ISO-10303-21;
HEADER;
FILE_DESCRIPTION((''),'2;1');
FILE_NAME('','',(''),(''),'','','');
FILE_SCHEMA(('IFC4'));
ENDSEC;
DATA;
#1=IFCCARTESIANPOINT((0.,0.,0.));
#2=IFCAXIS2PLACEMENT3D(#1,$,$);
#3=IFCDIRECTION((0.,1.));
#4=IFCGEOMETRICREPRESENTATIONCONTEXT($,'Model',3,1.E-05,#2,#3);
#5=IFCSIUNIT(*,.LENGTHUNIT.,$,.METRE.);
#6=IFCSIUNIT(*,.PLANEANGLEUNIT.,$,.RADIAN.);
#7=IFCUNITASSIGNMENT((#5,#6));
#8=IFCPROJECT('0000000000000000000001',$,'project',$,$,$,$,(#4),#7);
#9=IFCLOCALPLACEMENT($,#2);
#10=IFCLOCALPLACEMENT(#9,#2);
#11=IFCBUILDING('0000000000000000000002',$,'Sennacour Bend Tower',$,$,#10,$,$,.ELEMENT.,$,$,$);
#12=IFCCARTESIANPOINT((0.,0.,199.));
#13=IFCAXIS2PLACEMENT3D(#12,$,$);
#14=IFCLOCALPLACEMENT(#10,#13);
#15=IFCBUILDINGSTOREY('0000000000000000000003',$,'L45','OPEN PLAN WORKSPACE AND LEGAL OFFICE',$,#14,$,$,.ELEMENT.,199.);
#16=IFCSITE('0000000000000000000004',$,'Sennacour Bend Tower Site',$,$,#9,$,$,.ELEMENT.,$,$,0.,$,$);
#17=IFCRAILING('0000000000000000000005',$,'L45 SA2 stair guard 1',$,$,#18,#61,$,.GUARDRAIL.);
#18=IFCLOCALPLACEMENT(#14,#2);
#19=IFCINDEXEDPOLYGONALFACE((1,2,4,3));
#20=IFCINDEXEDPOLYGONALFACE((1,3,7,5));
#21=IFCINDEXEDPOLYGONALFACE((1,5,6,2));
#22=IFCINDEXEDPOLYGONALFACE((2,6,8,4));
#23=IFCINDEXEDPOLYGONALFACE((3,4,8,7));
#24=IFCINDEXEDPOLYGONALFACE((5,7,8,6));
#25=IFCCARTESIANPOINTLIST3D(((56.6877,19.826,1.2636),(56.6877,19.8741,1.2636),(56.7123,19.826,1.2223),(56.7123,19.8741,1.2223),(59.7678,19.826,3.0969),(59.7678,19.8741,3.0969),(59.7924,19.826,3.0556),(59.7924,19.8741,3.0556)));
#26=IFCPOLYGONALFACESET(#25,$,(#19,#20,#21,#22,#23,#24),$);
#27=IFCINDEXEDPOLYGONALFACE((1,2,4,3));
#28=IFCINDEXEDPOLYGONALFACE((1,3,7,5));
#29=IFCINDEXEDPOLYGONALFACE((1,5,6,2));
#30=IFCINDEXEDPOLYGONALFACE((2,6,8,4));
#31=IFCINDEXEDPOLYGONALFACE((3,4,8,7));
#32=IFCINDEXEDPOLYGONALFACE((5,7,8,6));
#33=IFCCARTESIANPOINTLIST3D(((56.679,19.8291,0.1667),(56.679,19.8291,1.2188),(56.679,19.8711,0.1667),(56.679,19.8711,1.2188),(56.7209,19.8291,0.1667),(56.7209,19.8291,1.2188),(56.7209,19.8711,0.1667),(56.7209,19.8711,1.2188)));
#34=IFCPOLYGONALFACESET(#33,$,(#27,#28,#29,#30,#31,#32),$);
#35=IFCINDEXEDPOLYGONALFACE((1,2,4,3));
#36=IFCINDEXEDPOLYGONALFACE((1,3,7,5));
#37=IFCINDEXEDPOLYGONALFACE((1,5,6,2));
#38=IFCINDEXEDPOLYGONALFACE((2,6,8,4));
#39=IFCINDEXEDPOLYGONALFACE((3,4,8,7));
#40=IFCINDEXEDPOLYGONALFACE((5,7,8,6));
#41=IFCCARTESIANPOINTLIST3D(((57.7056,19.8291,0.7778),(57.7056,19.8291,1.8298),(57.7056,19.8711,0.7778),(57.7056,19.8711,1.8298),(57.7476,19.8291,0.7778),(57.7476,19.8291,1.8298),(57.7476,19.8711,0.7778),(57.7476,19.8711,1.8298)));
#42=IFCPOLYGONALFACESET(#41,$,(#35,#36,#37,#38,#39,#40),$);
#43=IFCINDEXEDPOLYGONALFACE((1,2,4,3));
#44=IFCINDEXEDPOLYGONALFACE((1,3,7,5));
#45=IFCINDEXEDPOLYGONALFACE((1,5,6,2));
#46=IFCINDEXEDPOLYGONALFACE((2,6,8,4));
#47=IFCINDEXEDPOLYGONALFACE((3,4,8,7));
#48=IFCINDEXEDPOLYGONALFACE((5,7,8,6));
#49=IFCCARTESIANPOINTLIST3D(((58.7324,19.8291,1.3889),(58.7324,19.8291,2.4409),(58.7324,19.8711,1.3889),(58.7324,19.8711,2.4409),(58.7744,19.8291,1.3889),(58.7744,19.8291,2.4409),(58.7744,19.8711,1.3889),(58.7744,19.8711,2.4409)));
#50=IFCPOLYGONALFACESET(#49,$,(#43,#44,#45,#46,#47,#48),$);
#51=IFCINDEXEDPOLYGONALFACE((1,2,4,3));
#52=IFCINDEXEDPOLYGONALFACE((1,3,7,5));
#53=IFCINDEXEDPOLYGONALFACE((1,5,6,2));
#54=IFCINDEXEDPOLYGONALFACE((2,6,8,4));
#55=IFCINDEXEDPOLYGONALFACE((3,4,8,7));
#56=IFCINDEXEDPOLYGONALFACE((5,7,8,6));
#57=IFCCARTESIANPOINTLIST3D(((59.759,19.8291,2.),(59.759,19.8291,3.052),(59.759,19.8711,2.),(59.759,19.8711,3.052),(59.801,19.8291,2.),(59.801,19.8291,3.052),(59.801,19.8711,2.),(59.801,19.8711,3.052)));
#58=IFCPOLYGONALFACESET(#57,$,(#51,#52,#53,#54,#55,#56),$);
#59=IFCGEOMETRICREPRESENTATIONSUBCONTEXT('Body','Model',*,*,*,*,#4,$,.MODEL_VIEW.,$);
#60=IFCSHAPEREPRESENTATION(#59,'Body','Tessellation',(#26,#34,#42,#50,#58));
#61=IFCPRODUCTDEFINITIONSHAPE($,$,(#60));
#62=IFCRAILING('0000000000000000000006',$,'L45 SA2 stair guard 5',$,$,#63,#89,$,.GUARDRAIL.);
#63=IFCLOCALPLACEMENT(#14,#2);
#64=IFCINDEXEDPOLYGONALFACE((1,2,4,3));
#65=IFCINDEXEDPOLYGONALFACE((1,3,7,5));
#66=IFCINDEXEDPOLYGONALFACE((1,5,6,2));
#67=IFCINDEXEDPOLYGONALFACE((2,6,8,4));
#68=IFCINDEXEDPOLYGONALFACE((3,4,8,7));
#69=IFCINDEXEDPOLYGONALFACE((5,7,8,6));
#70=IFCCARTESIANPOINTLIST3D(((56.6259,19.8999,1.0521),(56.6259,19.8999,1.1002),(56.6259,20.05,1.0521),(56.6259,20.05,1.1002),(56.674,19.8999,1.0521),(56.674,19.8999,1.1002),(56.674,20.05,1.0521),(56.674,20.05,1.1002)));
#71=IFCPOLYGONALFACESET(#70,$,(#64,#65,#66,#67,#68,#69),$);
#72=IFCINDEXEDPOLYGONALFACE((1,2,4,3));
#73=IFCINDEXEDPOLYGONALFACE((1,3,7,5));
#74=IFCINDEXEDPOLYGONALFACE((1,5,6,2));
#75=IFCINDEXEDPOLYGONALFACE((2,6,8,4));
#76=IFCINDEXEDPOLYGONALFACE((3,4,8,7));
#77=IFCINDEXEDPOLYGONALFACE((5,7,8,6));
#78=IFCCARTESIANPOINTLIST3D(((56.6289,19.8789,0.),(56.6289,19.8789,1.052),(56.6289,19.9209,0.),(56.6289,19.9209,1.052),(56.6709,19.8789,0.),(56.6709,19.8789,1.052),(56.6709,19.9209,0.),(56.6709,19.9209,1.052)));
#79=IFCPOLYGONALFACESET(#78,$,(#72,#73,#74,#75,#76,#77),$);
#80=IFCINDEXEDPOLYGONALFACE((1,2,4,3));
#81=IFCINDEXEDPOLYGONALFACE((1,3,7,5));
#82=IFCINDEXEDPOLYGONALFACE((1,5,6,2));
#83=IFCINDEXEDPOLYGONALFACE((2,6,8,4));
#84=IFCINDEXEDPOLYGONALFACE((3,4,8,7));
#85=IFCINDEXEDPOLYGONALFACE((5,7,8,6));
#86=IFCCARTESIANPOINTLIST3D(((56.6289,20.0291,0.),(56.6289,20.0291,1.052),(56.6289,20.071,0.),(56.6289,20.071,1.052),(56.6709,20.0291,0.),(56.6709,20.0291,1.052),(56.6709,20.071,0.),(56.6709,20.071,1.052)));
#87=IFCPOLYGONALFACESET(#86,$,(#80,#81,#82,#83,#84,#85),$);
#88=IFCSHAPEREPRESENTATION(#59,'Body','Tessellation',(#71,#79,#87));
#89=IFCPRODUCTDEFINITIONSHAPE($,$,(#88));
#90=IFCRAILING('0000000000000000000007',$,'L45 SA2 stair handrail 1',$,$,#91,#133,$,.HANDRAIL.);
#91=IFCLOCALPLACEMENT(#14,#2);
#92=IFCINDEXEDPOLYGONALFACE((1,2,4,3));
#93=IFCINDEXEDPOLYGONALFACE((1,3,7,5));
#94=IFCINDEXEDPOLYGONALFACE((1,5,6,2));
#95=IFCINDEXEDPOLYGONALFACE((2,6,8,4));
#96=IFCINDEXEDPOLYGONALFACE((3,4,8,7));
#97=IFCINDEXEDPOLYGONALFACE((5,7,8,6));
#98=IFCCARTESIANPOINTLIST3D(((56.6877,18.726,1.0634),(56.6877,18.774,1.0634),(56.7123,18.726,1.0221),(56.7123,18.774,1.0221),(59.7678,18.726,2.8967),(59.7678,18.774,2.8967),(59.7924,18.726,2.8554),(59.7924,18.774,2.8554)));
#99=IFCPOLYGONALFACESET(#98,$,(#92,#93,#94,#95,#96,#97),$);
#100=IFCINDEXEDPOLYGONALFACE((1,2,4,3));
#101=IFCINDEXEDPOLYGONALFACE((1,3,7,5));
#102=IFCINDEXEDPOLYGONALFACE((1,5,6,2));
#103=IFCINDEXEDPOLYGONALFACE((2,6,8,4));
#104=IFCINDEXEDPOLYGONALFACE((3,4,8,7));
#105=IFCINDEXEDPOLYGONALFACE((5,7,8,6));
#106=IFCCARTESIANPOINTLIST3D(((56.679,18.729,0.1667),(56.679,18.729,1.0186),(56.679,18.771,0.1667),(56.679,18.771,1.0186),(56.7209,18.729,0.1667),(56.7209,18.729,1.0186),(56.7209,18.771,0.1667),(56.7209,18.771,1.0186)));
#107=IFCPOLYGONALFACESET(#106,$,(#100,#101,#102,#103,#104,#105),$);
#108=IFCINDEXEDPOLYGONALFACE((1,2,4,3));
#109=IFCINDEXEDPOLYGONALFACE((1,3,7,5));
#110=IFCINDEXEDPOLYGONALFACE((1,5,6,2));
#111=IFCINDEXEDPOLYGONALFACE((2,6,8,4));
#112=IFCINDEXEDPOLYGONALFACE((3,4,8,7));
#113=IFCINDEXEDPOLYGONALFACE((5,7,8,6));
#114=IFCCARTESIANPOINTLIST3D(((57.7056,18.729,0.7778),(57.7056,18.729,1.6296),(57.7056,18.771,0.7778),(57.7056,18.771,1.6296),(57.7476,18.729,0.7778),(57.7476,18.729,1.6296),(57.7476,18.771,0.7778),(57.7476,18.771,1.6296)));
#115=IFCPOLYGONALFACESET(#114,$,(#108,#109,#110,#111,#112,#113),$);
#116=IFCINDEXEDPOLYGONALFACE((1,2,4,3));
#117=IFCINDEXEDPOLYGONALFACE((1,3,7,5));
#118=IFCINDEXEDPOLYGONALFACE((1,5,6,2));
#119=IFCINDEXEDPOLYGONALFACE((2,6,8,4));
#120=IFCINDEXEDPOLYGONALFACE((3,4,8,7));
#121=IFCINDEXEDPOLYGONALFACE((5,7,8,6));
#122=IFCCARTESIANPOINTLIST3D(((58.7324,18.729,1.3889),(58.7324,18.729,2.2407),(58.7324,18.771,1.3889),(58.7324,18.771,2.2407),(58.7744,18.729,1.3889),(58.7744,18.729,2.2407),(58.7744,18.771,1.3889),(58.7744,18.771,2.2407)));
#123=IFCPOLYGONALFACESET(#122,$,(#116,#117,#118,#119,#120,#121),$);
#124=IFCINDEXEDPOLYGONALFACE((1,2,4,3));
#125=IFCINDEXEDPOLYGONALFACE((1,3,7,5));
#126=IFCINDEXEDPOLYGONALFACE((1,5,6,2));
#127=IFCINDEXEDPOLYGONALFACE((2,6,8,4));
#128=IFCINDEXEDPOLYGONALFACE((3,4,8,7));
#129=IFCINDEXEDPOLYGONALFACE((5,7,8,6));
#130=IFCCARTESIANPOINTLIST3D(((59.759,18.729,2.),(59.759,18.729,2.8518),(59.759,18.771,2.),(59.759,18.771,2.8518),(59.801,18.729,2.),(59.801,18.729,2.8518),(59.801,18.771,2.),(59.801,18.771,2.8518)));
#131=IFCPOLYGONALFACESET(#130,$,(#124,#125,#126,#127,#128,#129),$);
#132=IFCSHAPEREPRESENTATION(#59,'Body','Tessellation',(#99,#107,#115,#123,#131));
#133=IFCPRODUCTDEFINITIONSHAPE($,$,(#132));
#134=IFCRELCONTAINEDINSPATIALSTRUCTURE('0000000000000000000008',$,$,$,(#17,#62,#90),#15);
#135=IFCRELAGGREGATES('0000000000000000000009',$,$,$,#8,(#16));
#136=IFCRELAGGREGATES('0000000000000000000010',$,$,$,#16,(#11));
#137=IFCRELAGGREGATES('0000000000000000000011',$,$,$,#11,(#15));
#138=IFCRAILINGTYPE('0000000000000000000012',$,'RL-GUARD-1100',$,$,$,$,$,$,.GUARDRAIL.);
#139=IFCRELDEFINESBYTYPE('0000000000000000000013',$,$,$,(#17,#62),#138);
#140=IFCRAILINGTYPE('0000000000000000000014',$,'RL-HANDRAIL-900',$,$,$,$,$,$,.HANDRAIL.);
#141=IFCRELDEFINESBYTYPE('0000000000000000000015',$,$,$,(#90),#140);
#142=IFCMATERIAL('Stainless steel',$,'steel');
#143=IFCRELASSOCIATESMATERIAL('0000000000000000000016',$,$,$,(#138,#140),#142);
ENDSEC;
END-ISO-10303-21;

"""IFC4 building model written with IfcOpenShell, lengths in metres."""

from ifc_helpers import new_model, si_unit, direction, frame, origin, origin_2d, place, context, subcontext, project, spatial, rectangle, extrude, material, type_object, element, save


model = new_model("IFC4")

# Units and contexts
model_context = context("Model", 3, precision=1e-05, world=origin(), true_north=direction((0.0, 1.0)))
body_context = subcontext(model_context, "Body", "Model", "MODEL_VIEW")
ifc_project = project(units=[si_unit("LENGTHUNIT", "METRE"), si_unit("PLANEANGLEUNIT", "RADIAN")], contexts=[model_context])

# Site, building, storey
site_placement = place(None, origin())
site = spatial("IfcSite", under=ifc_project, at=site_placement, Name="Sennacour Bend Tower Site", CompositionType="ELEMENT", RefElevation=0.0)
building_placement = place(site_placement, origin())
building = spatial("IfcBuilding", under=site, at=building_placement, Name="Sennacour Bend Tower", CompositionType="ELEMENT")
storey_placement = place(building_placement, frame((0.0, 0.0, 199.0)))
storey = spatial("IfcBuildingStorey", under=building, at=storey_placement, Name="L45", Description="OPEN PLAN WORKSPACE AND LEGAL OFFICE", CompositionType="ELEMENT", Elevation=199.0)

# Shared definitions
ifc_material_1 = material(Name="Stainless steel", Category="steel")

# Railings
railing_type_1 = type_object("IfcRailingType", Name="RL-GUARD-1100", PredefinedType="GUARDRAIL", material=ifc_material_1)
railing_1_placement = place(storey_placement, frame((56.7, 19.8501, 0.1667)))
element("IfcRailing", 1, at=railing_1_placement, inside=storey, type_object=railing_type_1, Name="L45 SA2 stair guard 1", PredefinedType="GUARDRAIL", context=body_context, shape_type="SweptSolid", body=[
    extrude(rectangle(XDim=0.0481, YDim=0.0481, at=origin_2d()), frame((0.0, 0.0, 1.0762), z_axis=(0.859309, 0.0, 0.511458), x_axis=(0.0, 1.0, 0.0)), (0.0, 0.0, 1.0), 3.5845),
    extrude(rectangle(XDim=0.042, YDim=0.042, at=origin_2d()), origin(), (0.0, 0.0, 1.0), 1.052),
    extrude(rectangle(XDim=0.042, YDim=0.042, at=origin_2d()), frame((1.0266, 0.0, 0.6111)), (0.0, 0.0, 1.0), 1.052),
    extrude(rectangle(XDim=0.042, YDim=0.042, at=origin_2d()), frame((2.0535, 0.0, 1.2222)), (0.0, 0.0, 1.0), 1.052),
    extrude(rectangle(XDim=0.042, YDim=0.042, at=origin_2d()), frame((3.0801, 0.0, 1.8333)), (0.0, 0.0, 1.0), 1.052),
])
railing_2_placement = place(storey_placement, frame((56.6499, 19.8999, 0.0)))
element("IfcRailing", 2, at=railing_2_placement, inside=storey, type_object=railing_type_1, Name="L45 SA2 stair guard 5", PredefinedType="GUARDRAIL", context=body_context, shape_type="SweptSolid", body=[
    extrude(rectangle(XDim=0.0481, YDim=0.0481, at=origin_2d()), frame((0.0, 0.0, 1.0762), z_axis=(0.0, 1.0, 0.0), x_axis=(-1.0, 0.0, 0.0)), (0.0, 0.0, 1.0), 0.1501),
    extrude(rectangle(XDim=0.042, YDim=0.042, at=origin_2d()), origin(), (0.0, 0.0, 1.0), 1.052),
    extrude(rectangle(XDim=0.042, YDim=0.042, at=origin_2d()), frame((0.0, 0.1501, 0.0)), (0.0, 0.0, 1.0), 1.052),
])
railing_type_2 = type_object("IfcRailingType", Name="RL-HANDRAIL-900", PredefinedType="HANDRAIL", material=ifc_material_1)
railing_3_placement = place(storey_placement, frame((56.7, 18.75, 0.1667)))
element("IfcRailing", 3, at=railing_3_placement, inside=storey, type_object=railing_type_2, Name="L45 SA2 stair handrail 1", PredefinedType="HANDRAIL", context=body_context, shape_type="SweptSolid", body=[
    extrude(rectangle(XDim=0.0481, YDim=0.0481, at=origin_2d()), frame((0.0, 0.0, 0.876), z_axis=(0.859309, 0.0, 0.511458), x_axis=(0.0, 1.0, 0.0)), (0.0, 0.0, 1.0), 3.5845),
    extrude(rectangle(XDim=0.042, YDim=0.042, at=origin_2d()), origin(), (0.0, 0.0, 1.0), 0.8518),
    extrude(rectangle(XDim=0.042, YDim=0.042, at=origin_2d()), frame((1.0266, 0.0, 0.6111)), (0.0, 0.0, 1.0), 0.8518),
    extrude(rectangle(XDim=0.042, YDim=0.042, at=origin_2d()), frame((2.0535, 0.0, 1.2222)), (0.0, 0.0, 1.0), 0.8518),
    extrude(rectangle(XDim=0.042, YDim=0.042, at=origin_2d()), frame((3.0801, 0.0, 1.8333)), (0.0, 0.0, 1.0), 0.8518),
])

save(model, "model.ifc")
